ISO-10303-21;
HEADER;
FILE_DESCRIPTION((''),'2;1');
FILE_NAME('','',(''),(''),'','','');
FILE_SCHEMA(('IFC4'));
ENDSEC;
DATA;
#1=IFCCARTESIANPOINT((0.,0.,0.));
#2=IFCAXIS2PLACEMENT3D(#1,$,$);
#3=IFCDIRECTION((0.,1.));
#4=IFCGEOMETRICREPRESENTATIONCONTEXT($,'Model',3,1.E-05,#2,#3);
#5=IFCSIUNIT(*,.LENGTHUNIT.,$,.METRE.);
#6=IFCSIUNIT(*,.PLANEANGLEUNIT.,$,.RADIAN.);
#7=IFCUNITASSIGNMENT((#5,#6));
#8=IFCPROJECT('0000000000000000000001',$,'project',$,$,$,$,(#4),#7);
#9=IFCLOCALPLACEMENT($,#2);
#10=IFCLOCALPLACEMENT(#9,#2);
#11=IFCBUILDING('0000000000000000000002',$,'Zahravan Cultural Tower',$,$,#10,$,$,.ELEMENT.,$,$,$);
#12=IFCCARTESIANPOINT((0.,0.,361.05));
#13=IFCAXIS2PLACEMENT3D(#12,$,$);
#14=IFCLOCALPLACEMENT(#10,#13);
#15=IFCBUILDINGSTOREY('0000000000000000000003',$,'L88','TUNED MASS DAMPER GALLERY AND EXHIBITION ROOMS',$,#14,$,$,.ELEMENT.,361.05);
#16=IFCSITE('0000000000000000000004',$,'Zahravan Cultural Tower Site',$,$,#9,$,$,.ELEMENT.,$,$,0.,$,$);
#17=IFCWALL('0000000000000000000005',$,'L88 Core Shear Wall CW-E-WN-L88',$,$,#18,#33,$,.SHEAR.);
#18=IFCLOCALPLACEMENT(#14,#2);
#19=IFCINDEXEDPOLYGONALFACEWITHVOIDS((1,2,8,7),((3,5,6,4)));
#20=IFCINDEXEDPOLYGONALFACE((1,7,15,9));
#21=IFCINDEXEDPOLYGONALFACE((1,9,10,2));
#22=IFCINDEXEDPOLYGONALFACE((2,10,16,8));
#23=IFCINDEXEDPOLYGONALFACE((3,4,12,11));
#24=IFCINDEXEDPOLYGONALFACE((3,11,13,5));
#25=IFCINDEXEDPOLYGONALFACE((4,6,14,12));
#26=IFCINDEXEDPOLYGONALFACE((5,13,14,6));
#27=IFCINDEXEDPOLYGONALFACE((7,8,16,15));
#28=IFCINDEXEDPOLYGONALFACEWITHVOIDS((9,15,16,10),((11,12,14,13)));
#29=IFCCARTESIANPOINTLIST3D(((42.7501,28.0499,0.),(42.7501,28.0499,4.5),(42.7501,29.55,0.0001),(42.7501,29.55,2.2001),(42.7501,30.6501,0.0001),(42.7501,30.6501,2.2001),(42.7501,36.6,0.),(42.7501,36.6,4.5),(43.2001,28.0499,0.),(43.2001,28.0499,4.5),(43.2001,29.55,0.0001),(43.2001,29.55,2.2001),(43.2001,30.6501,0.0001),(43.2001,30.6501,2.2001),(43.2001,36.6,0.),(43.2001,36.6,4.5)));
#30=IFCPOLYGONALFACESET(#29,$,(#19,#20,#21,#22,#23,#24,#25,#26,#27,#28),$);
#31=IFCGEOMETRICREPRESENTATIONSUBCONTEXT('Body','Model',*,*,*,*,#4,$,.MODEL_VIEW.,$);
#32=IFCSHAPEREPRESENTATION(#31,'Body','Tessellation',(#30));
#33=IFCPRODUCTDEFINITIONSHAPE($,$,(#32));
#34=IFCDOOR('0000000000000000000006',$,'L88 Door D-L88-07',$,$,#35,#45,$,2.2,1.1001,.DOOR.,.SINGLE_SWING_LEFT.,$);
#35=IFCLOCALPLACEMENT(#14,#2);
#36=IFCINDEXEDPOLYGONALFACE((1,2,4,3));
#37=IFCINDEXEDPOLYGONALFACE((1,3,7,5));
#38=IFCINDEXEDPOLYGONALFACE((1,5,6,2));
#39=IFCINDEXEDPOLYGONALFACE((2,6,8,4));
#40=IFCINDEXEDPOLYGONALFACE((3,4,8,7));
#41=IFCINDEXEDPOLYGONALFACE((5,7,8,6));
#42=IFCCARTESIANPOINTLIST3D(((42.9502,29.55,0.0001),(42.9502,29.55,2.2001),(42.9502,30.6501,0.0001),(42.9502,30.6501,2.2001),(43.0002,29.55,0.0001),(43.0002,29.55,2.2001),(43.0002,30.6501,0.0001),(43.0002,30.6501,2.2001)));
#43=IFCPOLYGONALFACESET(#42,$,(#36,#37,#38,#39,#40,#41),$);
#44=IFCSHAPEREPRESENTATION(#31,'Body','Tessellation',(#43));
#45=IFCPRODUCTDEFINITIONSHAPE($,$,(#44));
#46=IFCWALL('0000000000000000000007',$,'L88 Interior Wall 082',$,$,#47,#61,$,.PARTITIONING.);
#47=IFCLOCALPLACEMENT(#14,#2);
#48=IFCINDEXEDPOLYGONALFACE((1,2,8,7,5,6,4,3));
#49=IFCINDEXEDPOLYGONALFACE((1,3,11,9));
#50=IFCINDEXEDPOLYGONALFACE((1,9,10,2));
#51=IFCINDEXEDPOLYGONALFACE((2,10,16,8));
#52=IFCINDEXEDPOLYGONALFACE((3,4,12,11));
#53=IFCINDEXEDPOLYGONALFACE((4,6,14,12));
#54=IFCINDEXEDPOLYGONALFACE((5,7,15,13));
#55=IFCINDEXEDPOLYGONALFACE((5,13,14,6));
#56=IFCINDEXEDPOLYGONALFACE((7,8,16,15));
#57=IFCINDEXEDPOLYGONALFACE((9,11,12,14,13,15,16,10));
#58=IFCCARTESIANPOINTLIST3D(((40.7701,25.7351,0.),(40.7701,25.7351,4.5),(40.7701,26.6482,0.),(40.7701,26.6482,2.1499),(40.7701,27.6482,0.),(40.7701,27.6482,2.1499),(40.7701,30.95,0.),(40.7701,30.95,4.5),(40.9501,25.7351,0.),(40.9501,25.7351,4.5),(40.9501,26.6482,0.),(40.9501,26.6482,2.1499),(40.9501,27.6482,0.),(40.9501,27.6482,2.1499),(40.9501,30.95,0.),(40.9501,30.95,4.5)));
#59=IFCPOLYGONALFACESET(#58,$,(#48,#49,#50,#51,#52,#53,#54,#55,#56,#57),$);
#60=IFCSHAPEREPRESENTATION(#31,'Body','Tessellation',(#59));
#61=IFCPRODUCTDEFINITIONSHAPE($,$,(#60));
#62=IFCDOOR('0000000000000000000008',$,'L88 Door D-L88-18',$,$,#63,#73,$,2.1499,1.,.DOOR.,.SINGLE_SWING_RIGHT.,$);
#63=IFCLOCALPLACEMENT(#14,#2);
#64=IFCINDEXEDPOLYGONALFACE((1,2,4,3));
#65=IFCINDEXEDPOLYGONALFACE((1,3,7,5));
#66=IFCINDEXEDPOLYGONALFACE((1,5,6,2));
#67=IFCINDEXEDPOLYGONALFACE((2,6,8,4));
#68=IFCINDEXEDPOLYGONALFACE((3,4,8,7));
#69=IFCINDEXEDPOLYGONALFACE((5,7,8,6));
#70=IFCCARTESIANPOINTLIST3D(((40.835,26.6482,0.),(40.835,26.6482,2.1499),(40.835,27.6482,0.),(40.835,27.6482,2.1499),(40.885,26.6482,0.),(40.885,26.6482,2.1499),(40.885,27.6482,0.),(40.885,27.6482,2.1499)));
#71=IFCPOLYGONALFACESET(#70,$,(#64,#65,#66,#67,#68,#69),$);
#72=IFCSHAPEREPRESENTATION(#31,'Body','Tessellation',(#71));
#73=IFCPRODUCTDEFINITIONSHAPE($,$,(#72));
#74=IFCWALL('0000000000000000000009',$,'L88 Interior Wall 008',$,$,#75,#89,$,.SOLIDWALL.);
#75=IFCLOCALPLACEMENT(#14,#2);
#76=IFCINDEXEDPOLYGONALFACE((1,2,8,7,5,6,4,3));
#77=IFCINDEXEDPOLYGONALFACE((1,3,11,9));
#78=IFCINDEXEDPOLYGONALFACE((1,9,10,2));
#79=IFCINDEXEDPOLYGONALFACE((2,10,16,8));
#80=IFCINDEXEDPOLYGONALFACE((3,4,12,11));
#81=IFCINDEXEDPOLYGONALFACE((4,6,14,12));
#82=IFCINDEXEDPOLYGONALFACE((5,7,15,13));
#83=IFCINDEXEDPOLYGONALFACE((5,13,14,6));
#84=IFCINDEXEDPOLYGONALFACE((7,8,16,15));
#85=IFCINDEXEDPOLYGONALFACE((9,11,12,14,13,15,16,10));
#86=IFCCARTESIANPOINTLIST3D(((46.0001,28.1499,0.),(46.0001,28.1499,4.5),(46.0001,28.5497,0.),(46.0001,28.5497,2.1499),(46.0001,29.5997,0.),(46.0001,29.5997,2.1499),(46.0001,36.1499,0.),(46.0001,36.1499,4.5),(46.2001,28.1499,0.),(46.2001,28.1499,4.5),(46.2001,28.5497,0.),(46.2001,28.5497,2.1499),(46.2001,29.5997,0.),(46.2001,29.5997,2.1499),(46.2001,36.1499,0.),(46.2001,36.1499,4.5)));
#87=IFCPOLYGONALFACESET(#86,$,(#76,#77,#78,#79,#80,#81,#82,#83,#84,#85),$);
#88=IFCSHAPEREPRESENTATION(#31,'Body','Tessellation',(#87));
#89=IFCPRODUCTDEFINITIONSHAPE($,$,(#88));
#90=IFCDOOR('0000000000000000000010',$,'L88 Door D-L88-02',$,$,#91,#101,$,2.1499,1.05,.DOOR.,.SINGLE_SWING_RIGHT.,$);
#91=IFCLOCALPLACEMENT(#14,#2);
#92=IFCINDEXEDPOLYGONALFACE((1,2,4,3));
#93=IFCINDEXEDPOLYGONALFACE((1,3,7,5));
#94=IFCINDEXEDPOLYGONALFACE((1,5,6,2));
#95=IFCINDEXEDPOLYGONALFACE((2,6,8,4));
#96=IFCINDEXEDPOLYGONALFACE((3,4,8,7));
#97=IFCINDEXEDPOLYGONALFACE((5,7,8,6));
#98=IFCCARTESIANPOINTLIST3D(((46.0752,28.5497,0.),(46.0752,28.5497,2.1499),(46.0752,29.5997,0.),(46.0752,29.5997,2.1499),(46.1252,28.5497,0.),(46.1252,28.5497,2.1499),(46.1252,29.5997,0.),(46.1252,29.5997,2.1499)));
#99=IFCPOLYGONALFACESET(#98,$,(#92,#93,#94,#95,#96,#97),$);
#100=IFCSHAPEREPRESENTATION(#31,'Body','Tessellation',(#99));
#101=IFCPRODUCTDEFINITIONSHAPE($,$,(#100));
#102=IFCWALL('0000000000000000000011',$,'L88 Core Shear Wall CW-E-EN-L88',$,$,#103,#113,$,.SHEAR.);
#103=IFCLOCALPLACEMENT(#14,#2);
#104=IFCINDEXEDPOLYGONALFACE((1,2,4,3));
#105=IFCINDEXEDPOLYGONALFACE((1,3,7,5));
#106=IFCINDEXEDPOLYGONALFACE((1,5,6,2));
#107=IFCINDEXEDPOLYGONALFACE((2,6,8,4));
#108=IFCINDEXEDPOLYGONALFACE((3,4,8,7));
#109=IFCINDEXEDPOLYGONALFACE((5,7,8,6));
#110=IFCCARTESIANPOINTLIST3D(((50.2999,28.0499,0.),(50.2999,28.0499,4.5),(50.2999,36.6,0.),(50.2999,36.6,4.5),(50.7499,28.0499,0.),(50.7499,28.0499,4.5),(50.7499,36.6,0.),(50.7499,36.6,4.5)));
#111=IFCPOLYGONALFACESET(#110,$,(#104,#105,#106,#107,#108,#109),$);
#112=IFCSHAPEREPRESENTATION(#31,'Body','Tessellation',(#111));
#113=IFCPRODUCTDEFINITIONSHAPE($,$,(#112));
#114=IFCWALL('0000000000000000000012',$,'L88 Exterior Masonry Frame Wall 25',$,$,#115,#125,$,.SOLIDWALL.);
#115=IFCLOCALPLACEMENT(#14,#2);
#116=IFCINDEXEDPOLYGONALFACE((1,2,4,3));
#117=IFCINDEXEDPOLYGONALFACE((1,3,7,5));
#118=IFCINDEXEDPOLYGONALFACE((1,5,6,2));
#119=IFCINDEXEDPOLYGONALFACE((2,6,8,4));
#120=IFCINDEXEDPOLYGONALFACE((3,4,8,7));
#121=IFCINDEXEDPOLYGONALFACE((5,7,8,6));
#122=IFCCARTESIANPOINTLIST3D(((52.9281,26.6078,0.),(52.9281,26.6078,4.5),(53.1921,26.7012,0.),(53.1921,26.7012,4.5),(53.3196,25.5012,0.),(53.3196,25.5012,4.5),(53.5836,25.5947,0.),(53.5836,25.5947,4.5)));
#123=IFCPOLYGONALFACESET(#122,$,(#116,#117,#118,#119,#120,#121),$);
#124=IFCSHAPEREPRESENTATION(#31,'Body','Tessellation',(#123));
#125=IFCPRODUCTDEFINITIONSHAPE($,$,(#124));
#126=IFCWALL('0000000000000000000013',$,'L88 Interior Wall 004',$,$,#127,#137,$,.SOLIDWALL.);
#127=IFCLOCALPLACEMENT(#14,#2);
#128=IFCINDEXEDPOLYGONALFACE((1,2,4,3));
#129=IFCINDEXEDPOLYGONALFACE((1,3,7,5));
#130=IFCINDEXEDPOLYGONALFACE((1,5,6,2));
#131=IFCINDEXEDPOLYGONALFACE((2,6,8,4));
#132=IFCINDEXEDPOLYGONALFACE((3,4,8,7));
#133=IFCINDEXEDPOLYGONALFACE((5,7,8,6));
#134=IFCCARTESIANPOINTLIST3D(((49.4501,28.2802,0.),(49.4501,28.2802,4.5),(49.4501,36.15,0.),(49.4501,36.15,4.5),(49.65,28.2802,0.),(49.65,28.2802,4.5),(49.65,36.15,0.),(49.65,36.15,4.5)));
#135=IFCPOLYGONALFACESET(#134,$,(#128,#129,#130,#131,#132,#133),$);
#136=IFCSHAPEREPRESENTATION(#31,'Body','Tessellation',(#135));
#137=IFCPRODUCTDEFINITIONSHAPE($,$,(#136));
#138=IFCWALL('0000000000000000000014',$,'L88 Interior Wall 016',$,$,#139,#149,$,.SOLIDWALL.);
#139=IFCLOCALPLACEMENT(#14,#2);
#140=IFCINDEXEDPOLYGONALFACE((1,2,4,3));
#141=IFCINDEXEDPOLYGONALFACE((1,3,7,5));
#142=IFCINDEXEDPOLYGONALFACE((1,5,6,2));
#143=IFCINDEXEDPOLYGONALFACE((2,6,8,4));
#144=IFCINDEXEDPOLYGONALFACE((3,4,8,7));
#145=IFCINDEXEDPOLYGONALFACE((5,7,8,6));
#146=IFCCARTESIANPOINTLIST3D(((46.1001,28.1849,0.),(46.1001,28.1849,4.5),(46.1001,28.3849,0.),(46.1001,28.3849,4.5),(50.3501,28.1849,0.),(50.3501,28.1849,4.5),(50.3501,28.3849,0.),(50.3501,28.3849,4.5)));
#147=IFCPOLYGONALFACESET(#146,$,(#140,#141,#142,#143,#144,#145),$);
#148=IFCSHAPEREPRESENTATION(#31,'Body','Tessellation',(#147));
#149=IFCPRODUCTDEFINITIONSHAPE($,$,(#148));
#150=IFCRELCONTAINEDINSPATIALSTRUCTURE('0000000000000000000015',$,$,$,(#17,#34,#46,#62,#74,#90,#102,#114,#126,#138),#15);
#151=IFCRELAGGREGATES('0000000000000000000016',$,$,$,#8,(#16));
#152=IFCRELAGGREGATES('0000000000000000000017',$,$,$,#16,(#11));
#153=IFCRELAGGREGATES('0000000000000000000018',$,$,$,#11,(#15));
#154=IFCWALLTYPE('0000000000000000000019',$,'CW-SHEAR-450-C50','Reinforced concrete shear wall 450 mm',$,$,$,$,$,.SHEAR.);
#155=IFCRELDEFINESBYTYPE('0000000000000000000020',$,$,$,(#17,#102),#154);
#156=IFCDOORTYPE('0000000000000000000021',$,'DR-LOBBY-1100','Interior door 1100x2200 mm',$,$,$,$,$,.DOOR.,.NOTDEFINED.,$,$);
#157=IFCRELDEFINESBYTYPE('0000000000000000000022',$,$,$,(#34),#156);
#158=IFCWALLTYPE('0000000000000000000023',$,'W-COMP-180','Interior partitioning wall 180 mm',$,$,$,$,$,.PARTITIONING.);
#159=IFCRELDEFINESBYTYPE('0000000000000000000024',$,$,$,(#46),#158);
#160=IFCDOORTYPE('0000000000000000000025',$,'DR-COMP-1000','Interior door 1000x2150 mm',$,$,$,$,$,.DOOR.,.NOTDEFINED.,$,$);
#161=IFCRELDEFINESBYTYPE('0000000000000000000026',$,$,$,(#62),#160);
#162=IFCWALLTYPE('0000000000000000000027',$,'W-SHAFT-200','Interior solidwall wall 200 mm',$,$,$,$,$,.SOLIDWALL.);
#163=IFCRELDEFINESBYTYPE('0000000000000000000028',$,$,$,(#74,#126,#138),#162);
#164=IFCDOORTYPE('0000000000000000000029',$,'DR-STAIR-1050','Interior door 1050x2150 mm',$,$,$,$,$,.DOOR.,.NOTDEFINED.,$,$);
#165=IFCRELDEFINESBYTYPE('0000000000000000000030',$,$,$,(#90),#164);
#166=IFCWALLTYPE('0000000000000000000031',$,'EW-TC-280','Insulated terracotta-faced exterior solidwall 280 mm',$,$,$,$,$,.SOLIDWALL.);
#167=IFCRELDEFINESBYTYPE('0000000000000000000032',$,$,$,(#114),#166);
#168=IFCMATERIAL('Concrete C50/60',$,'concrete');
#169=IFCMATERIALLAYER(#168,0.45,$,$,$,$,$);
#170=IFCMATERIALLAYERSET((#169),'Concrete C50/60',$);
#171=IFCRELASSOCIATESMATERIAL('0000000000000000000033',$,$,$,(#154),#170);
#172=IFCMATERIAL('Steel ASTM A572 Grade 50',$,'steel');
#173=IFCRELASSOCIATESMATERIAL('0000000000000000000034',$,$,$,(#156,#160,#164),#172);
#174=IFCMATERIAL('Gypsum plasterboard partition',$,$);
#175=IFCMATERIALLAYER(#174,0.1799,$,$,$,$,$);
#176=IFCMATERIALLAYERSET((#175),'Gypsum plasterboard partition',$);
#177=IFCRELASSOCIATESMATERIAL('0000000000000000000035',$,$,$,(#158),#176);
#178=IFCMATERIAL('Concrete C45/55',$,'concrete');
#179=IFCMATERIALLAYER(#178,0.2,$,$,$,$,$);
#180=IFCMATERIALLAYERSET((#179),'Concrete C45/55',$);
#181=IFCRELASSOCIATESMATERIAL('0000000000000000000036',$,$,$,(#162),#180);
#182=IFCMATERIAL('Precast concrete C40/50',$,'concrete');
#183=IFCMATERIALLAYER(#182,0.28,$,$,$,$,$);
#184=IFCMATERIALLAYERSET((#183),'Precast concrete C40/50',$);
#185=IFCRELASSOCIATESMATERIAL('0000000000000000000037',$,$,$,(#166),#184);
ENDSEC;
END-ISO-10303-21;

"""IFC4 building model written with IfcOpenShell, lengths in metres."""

from ifc_helpers import new_model, si_unit, direction, frame, frame_2d, origin, place, context, subcontext, project, spatial, rectangle, extrude, source, transform, mapped, material, layer, layer_set, type_object, element, fill, save


model = new_model("IFC4")

# Units and contexts
model_context = context("Model", 3, precision=1e-05, world=origin(), true_north=direction((0.0, 1.0)))
body_context = subcontext(model_context, "Body", "Model", "MODEL_VIEW")
ifc_project = project(units=[si_unit("LENGTHUNIT", "METRE"), si_unit("PLANEANGLEUNIT", "RADIAN")], contexts=[model_context])

# Site, building, storey
site_placement = place(None, origin())
site = spatial("IfcSite", under=ifc_project, at=site_placement, Name="Zahravan Cultural Tower Site", CompositionType="ELEMENT", RefElevation=0.0)
building_placement = place(site_placement, origin())
building = spatial("IfcBuilding", under=site, at=building_placement, Name="Zahravan Cultural Tower", CompositionType="ELEMENT")
storey_placement = place(building_placement, frame((0.0, 0.0, 361.05)))
storey = spatial("IfcBuildingStorey", under=building, at=storey_placement, Name="L88", Description="TUNED MASS DAMPER GALLERY AND EXHIBITION ROOMS", CompositionType="ELEMENT", Elevation=361.05)

# Walls, openings, doors
ifc_material_1 = material(Name="Concrete C50/60", Category="concrete")
ifc_layer_1 = layer(ifc_material_1, 0.45)
ifc_layer_set_1 = layer_set([ifc_layer_1], Name="Concrete C50/60")
wall_type_1 = type_object("IfcWallType", Name="CW-SHEAR-450-C50", Description="Reinforced concrete shear wall 450 mm", PredefinedType="SHEAR", material=ifc_layer_set_1)
wall_1_placement = place(storey_placement, frame((42.9751, 28.05, 0.0), z_axis=(0.0, 0.0, 1.0), x_axis=(0.0, 1.0, 0.0)))
wall_1 = element("IfcWall", 1, at=wall_1_placement, inside=storey, type_object=wall_type_1, Name="L88 Core Shear Wall CW-E-WN-L88", PredefinedType="SHEAR", context=body_context, shape_type="SweptSolid", body=[
    extrude(rectangle(XDim=8.55, YDim=0.45, at=frame_2d((4.2749, 0.0))), origin(), (0.0, 0.0, 1.0), 4.5),
])
opening_1_placement = place(wall_1_placement, frame((1.5, 0.0, 0.0)))
opening_1 = element("IfcOpeningElement", 2, at=opening_1_placement, cuts=wall_1, PredefinedType="OPENING", context=body_context, shape_type="SweptSolid", body=[
    extrude(rectangle(XDim=1.1001, YDim=2.2, at=frame_2d((0.55, 1.1001))), frame((0.0, 0.2349, 0.0), z_axis=(0.0, -1.0, 0.0), x_axis=(1.0, 0.0, 0.0)), (0.0, 0.0, 1.0), 0.47),
])
ifc_material_2 = material(Name="Steel ASTM A572 Grade 50", Category="steel")
door_type_1 = type_object("IfcDoorType", Name="DR-LOBBY-1100", Description="Interior door 1100x2200 mm", OperationType="NOTDEFINED", PredefinedType="DOOR", material=ifc_material_2)
shared_shape_1 = source(origin(), body_context, "Body", "SweptSolid", [
    extrude(rectangle(XDim=1.1001, YDim=2.2, at=frame_2d((0.55, 1.1001))), frame((0.0, 0.0249, 0.0), z_axis=(0.0, -1.0, 0.0), x_axis=(1.0, 0.0, 0.0)), (0.0, 0.0, 1.0), 0.05),
])
door_1_placement = place(opening_1_placement, origin())
door_1 = element("IfcDoor", 3, at=door_1_placement, inside=storey, type_object=door_type_1, Name="L88 Door D-L88-07", OperationType="SINGLE_SWING_LEFT", OverallHeight=2.2, OverallWidth=1.1001, PredefinedType="DOOR", context=body_context, shape_type="MappedRepresentation", body=[
    mapped(shared_shape_1, transform((0.0, 0.0, 0.0), x_axis=(1.0, 0.0, 0.0), y_axis=(0.0, 1.0, 0.0), z_axis=(0.0, 0.0, 1.0), scale=1.0)),
])
fill(opening_1, door_1)
ifc_material_3 = material(Name="Gypsum plasterboard partition")
ifc_layer_2 = layer(ifc_material_3, 0.1799)
ifc_layer_set_2 = layer_set([ifc_layer_2], Name="Gypsum plasterboard partition")
wall_type_2 = type_object("IfcWallType", Name="W-COMP-180", Description="Interior partitioning wall 180 mm", PredefinedType="PARTITIONING", material=ifc_layer_set_2)
wall_2_placement = place(storey_placement, frame((40.8601, 30.95, 0.0), z_axis=(0.0, 0.0, 1.0), x_axis=(0.0, -1.0, 0.0)))
wall_2 = element("IfcWall", 4, at=wall_2_placement, inside=storey, type_object=wall_type_2, Name="L88 Interior Wall 082", PredefinedType="PARTITIONING", context=body_context, shape_type="SweptSolid", body=[
    extrude(rectangle(XDim=5.2148, YDim=0.1799, at=frame_2d((2.6074, 0.0))), origin(), (0.0, 0.0, 1.0), 4.5),
])
opening_2_placement = place(wall_2_placement, frame((3.3018, 0.0, 0.0)))
opening_2 = element("IfcOpeningElement", 5, at=opening_2_placement, cuts=wall_2, PredefinedType="OPENING", context=body_context, shape_type="SweptSolid", body=[
    extrude(rectangle(XDim=1.0, YDim=2.1499, at=frame_2d((0.5, 1.075))), frame((0.0, 0.0999, 0.0), z_axis=(0.0, -1.0, 0.0), x_axis=(1.0, 0.0, 0.0)), (0.0, 0.0, 1.0), 0.2),
])
door_type_2 = type_object("IfcDoorType", Name="DR-COMP-1000", Description="Interior door 1000x2150 mm", OperationType="NOTDEFINED", PredefinedType="DOOR", material=ifc_material_2)
shared_shape_2 = source(origin(), body_context, "Body", "SweptSolid", [
    extrude(rectangle(XDim=1.0, YDim=2.1499, at=frame_2d((0.5, 1.075))), frame((0.0, 0.0249, 0.0), z_axis=(0.0, -1.0, 0.0), x_axis=(1.0, 0.0, 0.0)), (0.0, 0.0, 1.0), 0.05),
])
door_2_placement = place(opening_2_placement, origin())
door_2 = element("IfcDoor", 6, at=door_2_placement, inside=storey, type_object=door_type_2, Name="L88 Door D-L88-18", OperationType="SINGLE_SWING_RIGHT", OverallHeight=2.1499, OverallWidth=1.0, PredefinedType="DOOR", context=body_context, shape_type="MappedRepresentation", body=[
    mapped(shared_shape_2, transform((0.0, 0.0, 0.0), x_axis=(1.0, 0.0, 0.0), y_axis=(0.0, 1.0, 0.0), z_axis=(0.0, 0.0, 1.0), scale=1.0)),
])
fill(opening_2, door_2)
ifc_material_4 = material(Name="Concrete C45/55", Category="concrete")
ifc_layer_3 = layer(ifc_material_4, 0.2)
ifc_layer_set_3 = layer_set([ifc_layer_3], Name="Concrete C45/55")
wall_type_3 = type_object("IfcWallType", Name="W-SHAFT-200", Description="Interior solidwall wall 200 mm", PredefinedType="SOLIDWALL", material=ifc_layer_set_3)
wall_3_placement = place(storey_placement, frame((46.1001, 28.1499, 0.0), z_axis=(0.0, 0.0, 1.0), x_axis=(0.0, 1.0, 0.0)))
wall_3 = element("IfcWall", 7, at=wall_3_placement, inside=storey, type_object=wall_type_3, Name="L88 Interior Wall 008", PredefinedType="SOLIDWALL", context=body_context, shape_type="SweptSolid", body=[
    extrude(rectangle(XDim=8.0, YDim=0.2, at=frame_2d((4.0, 0.0))), origin(), (0.0, 0.0, 1.0), 4.5),
])
opening_3_placement = place(wall_3_placement, frame((0.3999, 0.0, 0.0)))
opening_3 = element("IfcOpeningElement", 8, at=opening_3_placement, cuts=wall_3, PredefinedType="OPENING", context=body_context, shape_type="SweptSolid", body=[
    extrude(rectangle(XDim=1.05, YDim=2.1499, at=frame_2d((0.5249, 1.075))), frame((0.0, 0.1099, 0.0), z_axis=(0.0, -1.0, 0.0), x_axis=(1.0, 0.0, 0.0)), (0.0, 0.0, 1.0), 0.22),
])
door_type_3 = type_object("IfcDoorType", Name="DR-STAIR-1050", Description="Interior door 1050x2150 mm", OperationType="NOTDEFINED", PredefinedType="DOOR", material=ifc_material_2)
shared_shape_3 = source(origin(), body_context, "Body", "SweptSolid", [
    extrude(rectangle(XDim=1.05, YDim=2.1499, at=frame_2d((0.5249, 1.075))), frame((0.0, 0.0249, 0.0), z_axis=(0.0, -1.0, 0.0), x_axis=(1.0, 0.0, 0.0)), (0.0, 0.0, 1.0), 0.05),
])
door_3_placement = place(opening_3_placement, origin())
door_3 = element("IfcDoor", 9, at=door_3_placement, inside=storey, type_object=door_type_3, Name="L88 Door D-L88-02", OperationType="SINGLE_SWING_RIGHT", OverallHeight=2.1499, OverallWidth=1.05, PredefinedType="DOOR", context=body_context, shape_type="MappedRepresentation", body=[
    mapped(shared_shape_3, transform((0.0, 0.0, 0.0), x_axis=(1.0, 0.0, 0.0), y_axis=(0.0, 1.0, 0.0), z_axis=(0.0, 0.0, 1.0), scale=1.0)),
])
fill(opening_3, door_3)

# Walls
shared_shape_4 = source(origin(), body_context, "Body", "SweptSolid", [
    extrude(rectangle(XDim=8.55, YDim=0.45, at=frame_2d((4.2749, 0.0))), origin(), (0.0, 0.0, 1.0), 4.5),
])
wall_4_placement = place(storey_placement, frame((50.5249, 28.05, 0.0), z_axis=(0.0, 0.0, 1.0), x_axis=(0.0, 1.0, 0.0)))
element("IfcWall", 10, at=wall_4_placement, inside=storey, type_object=wall_type_1, Name="L88 Core Shear Wall CW-E-EN-L88", PredefinedType="SHEAR", context=body_context, shape_type="MappedRepresentation", body=[
    mapped(shared_shape_4, transform((0.0, 0.0, 0.0), x_axis=(1.0, 0.0, 0.0), y_axis=(0.0, 1.0, 0.0), z_axis=(0.0, 0.0, 1.0), scale=1.0)),
])
ifc_material_5 = material(Name="Precast concrete C40/50", Category="concrete")
ifc_layer_4 = layer(ifc_material_5, 0.28)
ifc_layer_set_4 = layer_set([ifc_layer_4], Name="Precast concrete C40/50")
wall_type_4 = type_object("IfcWallType", Name="EW-TC-280", Description="Insulated terracotta-faced exterior solidwall 280 mm", PredefinedType="SOLIDWALL", material=ifc_layer_set_4)
shared_shape_5 = source(origin(), body_context, "Body", "SweptSolid", [
    extrude(rectangle(XDim=1.1738, YDim=0.28, at=frame_2d((0.5869, 0.0))), origin(), (0.0, 0.0, 1.0), 4.5),
])
wall_5_placement = place(storey_placement, frame((53.0601, 26.6545, 0.0), z_axis=(0.0, 0.0, 1.0), x_axis=(0.333581, -0.942721, 0.0)))
element("IfcWall", 11, at=wall_5_placement, inside=storey, type_object=wall_type_4, Name="L88 Exterior Masonry Frame Wall 25", PredefinedType="SOLIDWALL", context=body_context, shape_type="MappedRepresentation", body=[
    mapped(shared_shape_5, transform((0.0, 0.0, 0.0), x_axis=(1.0, 0.0, 0.0), y_axis=(0.0, 1.0, 0.0), z_axis=(0.0, 0.0, 1.0), scale=1.0)),
])
shared_shape_6 = source(origin(), body_context, "Body", "SweptSolid", [
    extrude(rectangle(XDim=7.8699, YDim=0.2, at=frame_2d((3.9351, 0.0))), origin(), (0.0, 0.0, 1.0), 4.5),
])
wall_6_placement = place(storey_placement, frame((49.55, 28.28, 0.0), z_axis=(0.0, 0.0, 1.0), x_axis=(0.0, 1.0, 0.0)))
element("IfcWall", 12, at=wall_6_placement, inside=storey, type_object=wall_type_3, Name="L88 Interior Wall 004", PredefinedType="SOLIDWALL", context=body_context, shape_type="MappedRepresentation", body=[
    mapped(shared_shape_6, transform((0.0, 0.0, 0.0), x_axis=(1.0, 0.0, 0.0), y_axis=(0.0, 1.0, 0.0), z_axis=(0.0, 0.0, 1.0), scale=1.0)),
])
shared_shape_7 = source(origin(), body_context, "Body", "SweptSolid", [
    extrude(rectangle(XDim=4.25, YDim=0.2, at=frame_2d((2.125, 0.0))), origin(), (0.0, 0.0, 1.0), 4.5),
])
wall_7_placement = place(storey_placement, frame((46.1001, 28.2849, 0.0), z_axis=(0.0, 0.0, 1.0), x_axis=(1.0, 0.0, 0.0)))
element("IfcWall", 13, at=wall_7_placement, inside=storey, type_object=wall_type_3, Name="L88 Interior Wall 016", PredefinedType="SOLIDWALL", context=body_context, shape_type="MappedRepresentation", body=[
    mapped(shared_shape_7, transform((0.0, 0.0, 0.0), x_axis=(1.0, 0.0, 0.0), y_axis=(0.0, 1.0, 0.0), z_axis=(0.0, 0.0, 1.0), scale=1.0)),
])

save(model, "model.ifc")
